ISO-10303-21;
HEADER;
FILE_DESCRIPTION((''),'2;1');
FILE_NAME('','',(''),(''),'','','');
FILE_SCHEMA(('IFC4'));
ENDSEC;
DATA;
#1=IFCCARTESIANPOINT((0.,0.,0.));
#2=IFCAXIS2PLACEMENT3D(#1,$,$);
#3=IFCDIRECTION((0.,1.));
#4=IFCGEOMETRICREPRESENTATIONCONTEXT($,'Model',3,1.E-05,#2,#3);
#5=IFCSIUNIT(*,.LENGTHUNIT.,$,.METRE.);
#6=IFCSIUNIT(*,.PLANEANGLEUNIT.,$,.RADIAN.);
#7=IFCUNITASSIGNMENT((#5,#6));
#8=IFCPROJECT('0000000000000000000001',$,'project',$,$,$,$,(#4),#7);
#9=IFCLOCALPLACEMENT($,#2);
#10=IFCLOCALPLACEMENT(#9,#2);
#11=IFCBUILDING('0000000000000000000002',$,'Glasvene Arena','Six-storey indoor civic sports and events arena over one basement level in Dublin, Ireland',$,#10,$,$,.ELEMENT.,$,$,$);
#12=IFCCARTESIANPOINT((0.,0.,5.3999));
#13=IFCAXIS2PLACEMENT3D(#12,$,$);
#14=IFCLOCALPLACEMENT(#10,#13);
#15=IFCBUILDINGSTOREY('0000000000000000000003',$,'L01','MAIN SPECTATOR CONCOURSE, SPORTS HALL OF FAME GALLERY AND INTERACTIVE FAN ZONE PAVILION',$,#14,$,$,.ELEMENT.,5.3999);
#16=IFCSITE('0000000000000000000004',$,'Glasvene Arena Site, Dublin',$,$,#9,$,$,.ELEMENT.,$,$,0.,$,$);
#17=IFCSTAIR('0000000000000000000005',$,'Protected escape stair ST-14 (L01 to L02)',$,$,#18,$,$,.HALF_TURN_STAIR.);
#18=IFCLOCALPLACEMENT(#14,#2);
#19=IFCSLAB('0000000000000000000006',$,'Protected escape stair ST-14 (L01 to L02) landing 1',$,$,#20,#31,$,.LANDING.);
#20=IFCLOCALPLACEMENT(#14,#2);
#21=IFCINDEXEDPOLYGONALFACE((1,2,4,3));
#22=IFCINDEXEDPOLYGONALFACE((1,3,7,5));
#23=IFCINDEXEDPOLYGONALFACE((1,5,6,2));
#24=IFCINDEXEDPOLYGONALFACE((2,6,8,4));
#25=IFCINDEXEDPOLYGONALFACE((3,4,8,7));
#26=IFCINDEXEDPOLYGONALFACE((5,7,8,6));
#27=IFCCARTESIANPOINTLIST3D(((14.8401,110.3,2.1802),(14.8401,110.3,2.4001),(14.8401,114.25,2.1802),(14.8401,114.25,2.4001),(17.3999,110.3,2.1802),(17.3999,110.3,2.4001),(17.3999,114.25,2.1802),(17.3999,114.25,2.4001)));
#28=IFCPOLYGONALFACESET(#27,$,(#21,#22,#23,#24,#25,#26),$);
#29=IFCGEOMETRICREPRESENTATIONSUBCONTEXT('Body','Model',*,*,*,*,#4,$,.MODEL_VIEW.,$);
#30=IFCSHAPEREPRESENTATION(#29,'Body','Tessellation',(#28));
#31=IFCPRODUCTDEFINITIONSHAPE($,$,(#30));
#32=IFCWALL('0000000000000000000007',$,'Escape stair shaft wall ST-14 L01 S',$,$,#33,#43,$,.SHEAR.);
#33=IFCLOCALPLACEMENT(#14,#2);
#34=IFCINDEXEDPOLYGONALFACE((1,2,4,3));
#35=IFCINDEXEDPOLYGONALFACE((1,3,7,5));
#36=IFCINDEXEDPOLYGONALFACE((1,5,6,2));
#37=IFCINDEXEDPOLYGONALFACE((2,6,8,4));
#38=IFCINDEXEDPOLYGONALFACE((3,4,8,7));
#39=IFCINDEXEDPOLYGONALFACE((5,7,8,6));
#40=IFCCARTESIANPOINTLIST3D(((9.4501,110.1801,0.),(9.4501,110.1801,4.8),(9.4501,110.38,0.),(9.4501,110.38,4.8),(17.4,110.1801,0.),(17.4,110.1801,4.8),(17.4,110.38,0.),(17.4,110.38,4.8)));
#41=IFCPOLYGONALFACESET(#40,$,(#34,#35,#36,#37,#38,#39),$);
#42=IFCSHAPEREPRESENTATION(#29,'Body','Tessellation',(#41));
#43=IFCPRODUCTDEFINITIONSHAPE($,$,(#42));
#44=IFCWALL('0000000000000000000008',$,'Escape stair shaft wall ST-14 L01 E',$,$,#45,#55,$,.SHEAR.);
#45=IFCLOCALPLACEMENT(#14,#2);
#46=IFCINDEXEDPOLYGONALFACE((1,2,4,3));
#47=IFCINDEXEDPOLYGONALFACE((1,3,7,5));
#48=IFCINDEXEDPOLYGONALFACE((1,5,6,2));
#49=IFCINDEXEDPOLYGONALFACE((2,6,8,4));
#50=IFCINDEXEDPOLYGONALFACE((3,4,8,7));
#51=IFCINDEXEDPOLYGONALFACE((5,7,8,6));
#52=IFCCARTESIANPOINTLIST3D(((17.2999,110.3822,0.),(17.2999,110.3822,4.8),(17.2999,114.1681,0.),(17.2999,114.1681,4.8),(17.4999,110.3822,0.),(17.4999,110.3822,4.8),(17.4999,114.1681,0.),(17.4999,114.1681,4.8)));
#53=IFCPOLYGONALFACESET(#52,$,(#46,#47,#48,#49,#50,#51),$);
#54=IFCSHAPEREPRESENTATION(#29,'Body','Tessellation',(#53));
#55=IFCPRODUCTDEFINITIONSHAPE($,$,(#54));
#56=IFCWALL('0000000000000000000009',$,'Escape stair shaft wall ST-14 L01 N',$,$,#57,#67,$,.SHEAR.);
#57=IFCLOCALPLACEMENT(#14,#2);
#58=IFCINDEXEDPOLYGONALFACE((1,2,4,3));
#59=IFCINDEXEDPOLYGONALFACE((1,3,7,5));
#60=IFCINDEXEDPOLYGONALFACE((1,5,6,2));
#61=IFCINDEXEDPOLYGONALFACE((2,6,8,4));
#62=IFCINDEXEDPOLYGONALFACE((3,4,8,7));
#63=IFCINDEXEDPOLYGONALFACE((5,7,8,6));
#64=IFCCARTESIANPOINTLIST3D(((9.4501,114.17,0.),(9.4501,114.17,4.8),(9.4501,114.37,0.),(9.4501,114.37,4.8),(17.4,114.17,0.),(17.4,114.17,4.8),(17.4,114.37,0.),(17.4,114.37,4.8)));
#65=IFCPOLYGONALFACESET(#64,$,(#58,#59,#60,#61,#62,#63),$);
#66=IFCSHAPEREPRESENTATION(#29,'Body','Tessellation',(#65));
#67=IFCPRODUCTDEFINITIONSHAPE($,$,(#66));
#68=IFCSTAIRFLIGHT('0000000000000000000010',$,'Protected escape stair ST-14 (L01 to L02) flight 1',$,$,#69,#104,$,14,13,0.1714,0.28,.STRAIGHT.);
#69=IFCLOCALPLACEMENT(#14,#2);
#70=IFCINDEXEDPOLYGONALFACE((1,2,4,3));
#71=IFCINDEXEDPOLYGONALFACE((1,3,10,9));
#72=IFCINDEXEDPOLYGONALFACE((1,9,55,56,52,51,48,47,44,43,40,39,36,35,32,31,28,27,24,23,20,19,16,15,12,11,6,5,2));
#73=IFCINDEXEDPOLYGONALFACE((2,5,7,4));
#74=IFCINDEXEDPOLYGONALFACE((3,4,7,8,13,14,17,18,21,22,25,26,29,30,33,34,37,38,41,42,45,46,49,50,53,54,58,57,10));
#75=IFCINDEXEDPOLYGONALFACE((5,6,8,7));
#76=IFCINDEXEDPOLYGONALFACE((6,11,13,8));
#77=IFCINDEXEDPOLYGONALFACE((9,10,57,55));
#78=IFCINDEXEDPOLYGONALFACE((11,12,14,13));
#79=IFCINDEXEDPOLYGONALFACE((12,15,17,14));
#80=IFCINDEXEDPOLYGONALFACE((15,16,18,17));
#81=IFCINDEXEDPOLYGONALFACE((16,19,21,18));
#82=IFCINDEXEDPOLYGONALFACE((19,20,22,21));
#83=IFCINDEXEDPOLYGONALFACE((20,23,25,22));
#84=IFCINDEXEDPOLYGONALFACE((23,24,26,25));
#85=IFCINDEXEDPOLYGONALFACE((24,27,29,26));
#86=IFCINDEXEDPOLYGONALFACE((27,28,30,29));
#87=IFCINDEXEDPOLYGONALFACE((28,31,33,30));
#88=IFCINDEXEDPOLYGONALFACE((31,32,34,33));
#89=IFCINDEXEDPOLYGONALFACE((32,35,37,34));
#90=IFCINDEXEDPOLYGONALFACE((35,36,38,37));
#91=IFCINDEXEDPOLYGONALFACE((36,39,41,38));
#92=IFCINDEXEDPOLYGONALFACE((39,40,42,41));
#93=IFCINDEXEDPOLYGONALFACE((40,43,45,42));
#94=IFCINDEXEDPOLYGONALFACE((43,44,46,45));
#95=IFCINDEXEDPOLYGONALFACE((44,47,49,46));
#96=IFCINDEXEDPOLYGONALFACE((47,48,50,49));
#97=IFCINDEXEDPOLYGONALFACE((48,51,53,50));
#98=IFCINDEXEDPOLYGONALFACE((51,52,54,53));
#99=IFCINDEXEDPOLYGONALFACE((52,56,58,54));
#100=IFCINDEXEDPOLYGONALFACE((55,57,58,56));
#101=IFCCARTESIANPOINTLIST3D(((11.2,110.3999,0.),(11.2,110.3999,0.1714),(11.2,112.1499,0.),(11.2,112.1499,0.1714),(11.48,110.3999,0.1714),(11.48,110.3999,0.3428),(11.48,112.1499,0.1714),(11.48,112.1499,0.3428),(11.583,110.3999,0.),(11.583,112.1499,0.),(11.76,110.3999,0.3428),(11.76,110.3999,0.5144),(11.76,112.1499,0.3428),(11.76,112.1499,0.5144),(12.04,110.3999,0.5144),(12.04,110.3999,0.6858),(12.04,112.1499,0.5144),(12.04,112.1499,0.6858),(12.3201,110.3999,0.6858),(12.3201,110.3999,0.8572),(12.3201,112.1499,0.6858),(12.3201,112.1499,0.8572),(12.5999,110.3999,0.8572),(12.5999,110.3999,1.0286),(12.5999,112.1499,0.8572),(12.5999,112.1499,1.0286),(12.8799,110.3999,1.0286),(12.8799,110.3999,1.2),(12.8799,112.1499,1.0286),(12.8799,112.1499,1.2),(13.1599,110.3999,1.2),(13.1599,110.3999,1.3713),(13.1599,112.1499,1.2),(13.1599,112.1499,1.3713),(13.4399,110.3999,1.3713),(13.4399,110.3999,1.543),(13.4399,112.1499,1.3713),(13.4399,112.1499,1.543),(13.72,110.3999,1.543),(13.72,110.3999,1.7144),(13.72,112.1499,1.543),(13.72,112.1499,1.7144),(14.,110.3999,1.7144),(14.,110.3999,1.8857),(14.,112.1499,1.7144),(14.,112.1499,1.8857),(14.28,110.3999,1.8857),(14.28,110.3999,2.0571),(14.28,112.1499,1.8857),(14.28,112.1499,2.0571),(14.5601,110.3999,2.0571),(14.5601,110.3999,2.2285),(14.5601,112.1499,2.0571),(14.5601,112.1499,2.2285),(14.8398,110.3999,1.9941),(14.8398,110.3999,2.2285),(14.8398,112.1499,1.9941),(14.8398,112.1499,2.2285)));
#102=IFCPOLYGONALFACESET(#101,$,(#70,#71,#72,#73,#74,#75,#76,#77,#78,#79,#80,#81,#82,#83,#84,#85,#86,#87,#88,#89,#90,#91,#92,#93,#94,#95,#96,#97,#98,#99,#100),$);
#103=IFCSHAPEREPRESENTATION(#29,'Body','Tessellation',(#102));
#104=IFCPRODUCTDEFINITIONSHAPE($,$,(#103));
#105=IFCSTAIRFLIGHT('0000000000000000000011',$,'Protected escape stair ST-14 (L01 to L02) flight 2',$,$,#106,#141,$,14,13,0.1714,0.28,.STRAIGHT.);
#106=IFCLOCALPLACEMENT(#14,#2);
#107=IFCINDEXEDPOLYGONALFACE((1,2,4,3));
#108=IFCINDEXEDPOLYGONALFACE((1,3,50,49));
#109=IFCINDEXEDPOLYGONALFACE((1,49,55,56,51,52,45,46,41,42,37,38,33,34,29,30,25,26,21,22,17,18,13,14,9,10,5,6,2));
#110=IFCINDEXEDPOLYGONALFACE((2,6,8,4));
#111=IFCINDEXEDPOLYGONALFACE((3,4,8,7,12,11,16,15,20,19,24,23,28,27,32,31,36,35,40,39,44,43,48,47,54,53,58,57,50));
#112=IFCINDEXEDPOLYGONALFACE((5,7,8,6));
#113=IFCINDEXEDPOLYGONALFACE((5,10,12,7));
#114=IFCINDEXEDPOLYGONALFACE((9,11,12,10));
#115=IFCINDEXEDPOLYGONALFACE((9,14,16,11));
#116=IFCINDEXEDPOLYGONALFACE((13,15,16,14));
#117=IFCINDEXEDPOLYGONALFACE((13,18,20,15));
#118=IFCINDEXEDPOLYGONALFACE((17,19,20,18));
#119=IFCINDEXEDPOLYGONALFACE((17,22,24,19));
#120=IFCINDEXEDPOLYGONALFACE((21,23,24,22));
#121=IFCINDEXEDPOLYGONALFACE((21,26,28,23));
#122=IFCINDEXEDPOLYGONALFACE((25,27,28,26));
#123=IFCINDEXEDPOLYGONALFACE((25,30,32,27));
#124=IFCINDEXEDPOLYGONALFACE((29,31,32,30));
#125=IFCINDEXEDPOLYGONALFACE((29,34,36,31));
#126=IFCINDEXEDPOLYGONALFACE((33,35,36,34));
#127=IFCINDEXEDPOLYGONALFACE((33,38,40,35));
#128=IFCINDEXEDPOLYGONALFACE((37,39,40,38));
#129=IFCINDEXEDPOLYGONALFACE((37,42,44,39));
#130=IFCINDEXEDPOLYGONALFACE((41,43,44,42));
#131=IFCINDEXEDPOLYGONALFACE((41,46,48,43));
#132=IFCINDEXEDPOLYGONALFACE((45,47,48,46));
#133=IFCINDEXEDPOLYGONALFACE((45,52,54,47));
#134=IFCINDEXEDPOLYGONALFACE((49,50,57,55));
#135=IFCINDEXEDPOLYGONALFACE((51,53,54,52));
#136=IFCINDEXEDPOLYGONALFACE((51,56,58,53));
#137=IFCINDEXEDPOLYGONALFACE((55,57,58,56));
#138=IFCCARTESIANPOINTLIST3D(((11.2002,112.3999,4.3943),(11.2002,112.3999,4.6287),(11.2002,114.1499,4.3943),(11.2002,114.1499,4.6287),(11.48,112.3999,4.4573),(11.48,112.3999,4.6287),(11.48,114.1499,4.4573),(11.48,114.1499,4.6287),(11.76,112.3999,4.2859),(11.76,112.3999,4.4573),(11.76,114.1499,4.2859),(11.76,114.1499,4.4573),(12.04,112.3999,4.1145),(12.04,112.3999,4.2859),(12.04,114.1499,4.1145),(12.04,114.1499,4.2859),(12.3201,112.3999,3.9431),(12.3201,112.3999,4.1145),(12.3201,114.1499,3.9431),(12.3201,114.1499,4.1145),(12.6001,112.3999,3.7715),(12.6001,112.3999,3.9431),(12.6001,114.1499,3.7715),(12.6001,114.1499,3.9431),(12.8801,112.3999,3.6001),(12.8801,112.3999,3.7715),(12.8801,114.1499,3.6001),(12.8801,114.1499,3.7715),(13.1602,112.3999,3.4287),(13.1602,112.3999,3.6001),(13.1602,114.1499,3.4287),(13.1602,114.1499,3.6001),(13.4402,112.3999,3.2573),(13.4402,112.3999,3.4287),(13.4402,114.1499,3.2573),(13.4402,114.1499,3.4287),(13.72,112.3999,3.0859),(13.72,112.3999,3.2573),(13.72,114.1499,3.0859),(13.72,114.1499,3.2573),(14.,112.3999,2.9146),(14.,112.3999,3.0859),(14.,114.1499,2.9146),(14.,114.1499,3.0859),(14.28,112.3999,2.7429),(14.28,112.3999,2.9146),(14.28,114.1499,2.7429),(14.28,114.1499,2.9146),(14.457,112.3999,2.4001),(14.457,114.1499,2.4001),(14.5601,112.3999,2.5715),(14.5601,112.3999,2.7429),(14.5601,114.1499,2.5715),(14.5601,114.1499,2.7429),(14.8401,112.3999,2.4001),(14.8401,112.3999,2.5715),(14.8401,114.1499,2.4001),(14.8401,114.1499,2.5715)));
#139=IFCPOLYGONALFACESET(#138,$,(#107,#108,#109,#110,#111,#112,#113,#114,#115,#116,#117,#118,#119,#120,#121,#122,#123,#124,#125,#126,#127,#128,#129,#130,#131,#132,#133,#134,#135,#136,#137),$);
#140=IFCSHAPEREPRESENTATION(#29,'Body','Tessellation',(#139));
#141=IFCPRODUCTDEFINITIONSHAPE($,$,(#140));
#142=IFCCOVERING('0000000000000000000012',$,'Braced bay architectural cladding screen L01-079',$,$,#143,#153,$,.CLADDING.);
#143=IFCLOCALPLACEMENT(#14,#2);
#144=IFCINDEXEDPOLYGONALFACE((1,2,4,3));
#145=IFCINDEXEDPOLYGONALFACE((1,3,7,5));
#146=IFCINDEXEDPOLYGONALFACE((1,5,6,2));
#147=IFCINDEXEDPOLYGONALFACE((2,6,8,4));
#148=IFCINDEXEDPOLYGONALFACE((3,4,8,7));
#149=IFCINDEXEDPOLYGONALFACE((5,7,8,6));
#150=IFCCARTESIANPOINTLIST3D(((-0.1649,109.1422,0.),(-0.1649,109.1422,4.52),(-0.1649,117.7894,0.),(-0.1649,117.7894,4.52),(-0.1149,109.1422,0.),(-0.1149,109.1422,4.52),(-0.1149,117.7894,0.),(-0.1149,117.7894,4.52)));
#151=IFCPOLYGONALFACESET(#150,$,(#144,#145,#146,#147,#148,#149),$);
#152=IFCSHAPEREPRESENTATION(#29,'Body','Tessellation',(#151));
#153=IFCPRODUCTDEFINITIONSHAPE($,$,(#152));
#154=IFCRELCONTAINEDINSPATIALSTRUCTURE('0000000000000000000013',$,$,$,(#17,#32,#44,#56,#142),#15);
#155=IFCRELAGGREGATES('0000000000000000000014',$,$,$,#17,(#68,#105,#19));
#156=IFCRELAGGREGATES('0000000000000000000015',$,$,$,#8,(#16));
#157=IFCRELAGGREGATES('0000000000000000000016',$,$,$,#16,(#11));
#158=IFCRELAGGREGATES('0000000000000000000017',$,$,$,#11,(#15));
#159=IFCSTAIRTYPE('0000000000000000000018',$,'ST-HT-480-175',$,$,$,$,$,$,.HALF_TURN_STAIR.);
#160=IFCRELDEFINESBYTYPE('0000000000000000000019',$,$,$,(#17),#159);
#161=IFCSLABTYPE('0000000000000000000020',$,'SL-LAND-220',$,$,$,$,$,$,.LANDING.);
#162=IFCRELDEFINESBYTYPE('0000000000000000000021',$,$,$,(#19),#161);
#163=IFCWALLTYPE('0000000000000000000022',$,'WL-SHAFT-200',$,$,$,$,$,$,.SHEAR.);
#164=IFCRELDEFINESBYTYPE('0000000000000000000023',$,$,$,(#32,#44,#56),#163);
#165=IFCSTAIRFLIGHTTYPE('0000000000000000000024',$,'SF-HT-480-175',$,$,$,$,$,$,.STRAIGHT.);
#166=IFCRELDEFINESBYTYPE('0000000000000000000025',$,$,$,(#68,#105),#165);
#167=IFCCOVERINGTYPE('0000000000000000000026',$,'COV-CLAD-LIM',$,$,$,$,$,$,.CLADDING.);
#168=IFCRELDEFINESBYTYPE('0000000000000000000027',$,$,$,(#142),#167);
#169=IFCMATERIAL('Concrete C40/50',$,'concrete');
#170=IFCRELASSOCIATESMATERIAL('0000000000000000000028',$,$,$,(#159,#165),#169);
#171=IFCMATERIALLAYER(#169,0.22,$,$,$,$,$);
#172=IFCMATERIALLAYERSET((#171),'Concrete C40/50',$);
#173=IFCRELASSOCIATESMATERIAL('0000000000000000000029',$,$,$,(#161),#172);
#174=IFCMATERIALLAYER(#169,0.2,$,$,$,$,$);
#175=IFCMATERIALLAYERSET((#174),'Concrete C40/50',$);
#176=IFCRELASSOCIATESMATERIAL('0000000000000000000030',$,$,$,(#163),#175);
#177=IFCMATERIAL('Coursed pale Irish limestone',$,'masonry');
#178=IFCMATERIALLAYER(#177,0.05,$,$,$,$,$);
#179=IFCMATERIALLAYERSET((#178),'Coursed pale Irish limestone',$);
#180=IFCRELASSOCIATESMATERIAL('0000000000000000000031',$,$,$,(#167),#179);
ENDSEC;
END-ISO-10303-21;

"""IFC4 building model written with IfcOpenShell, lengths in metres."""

from ifc_helpers import new_model, si_unit, direction, frame, frame_2d, origin, origin_2d, place, context, subcontext, project, spatial, polyline, rectangle, outline, extrude, material, layer, layer_set, type_object, element, aggregate, save


model = new_model("IFC4")

# Units and contexts
model_context = context("Model", 3, precision=1e-05, world=origin(), true_north=direction((0.0, 1.0)))
body_context = subcontext(model_context, "Body", "Model", "MODEL_VIEW")
ifc_project = project(units=[si_unit("LENGTHUNIT", "METRE"), si_unit("PLANEANGLEUNIT", "RADIAN")], contexts=[model_context])

# Site, building, storey
site_placement = place(None, origin())
site = spatial("IfcSite", under=ifc_project, at=site_placement, Name="Glasvene Arena Site, Dublin", CompositionType="ELEMENT", RefElevation=0.0)
building_placement = place(site_placement, origin())
building = spatial("IfcBuilding", under=site, at=building_placement, Name="Glasvene Arena", Description="Six-storey indoor civic sports and events arena over one basement level in Dublin, Ireland", CompositionType="ELEMENT")
storey_placement = place(building_placement, frame((0.0, 0.0, 5.3999)))
storey = spatial("IfcBuildingStorey", under=building, at=storey_placement, Name="L01", Description="MAIN SPECTATOR CONCOURSE, SPORTS HALL OF FAME GALLERY AND INTERACTIVE FAN ZONE PAVILION", CompositionType="ELEMENT", Elevation=5.3999)

# Stair, slab
ifc_material_1 = material(Name="Concrete C40/50", Category="concrete")
stair_type = type_object("IfcStairType", Name="ST-HT-480-175", PredefinedType="HALF_TURN_STAIR", material=ifc_material_1)
stair_placement = place(storey_placement, origin())
stair = element("IfcStair", 1, at=stair_placement, inside=storey, type_object=stair_type, Name="Protected escape stair ST-14 (L01 to L02)", PredefinedType="HALF_TURN_STAIR")
ifc_layer_1 = layer(ifc_material_1, 0.22)
ifc_layer_set_1 = layer_set([ifc_layer_1], Name="Concrete C40/50")
slab_type = type_object("IfcSlabType", Name="SL-LAND-220", PredefinedType="LANDING", material=ifc_layer_set_1)
slab_placement = place(storey_placement, frame((16.1201, 112.2749, 2.1802)))
slab = element("IfcSlab", 2, at=slab_placement, type_object=slab_type, Name="Protected escape stair ST-14 (L01 to L02) landing 1", PredefinedType="LANDING", context=body_context, shape_type="SweptSolid", body=[
    extrude(outline(polyline([(-1.28, -1.9749), (1.2798, -1.9749), (1.2798, 1.9751), (-1.28, 1.9751), (-1.28, -1.9749)])), origin(), (0.0, 0.0, 1.0), 0.22),
])

# Wall
ifc_layer_2 = layer(ifc_material_1, 0.2)
ifc_layer_set_2 = layer_set([ifc_layer_2], Name="Concrete C40/50")
wall_type = type_object("IfcWallType", Name="WL-SHAFT-200", PredefinedType="SHEAR", material=ifc_layer_set_2)
wall_1_placement = place(storey_placement, frame((9.45, 110.28, 0.0), z_axis=(0.0, 0.0, 1.0), x_axis=(1.0, 0.0, 0.0)))
element("IfcWall", 3, at=wall_1_placement, inside=storey, type_object=wall_type, Name="Escape stair shaft wall ST-14 L01 S", PredefinedType="SHEAR", context=body_context, shape_type="SweptSolid", body=[
    extrude(rectangle(XDim=7.95, YDim=0.2, at=frame_2d((3.9751, 0.0))), origin(), (0.0, 0.0, 1.0), 4.8),
])

# Walls
wall_2_placement = place(storey_placement, frame((17.3999, 110.3821, 0.0), z_axis=(0.0, 0.0, 1.0), x_axis=(0.0, 1.0, 0.0)))
element("IfcWall", 4, at=wall_2_placement, inside=storey, type_object=wall_type, Name="Escape stair shaft wall ST-14 L01 E", PredefinedType="SHEAR", context=body_context, shape_type="SweptSolid", body=[
    extrude(rectangle(XDim=3.7859, YDim=0.2, at=frame_2d((1.8931, 0.0))), origin(), (0.0, 0.0, 1.0), 4.8),
])
wall_3_placement = place(storey_placement, frame((9.45, 114.27, 0.0), z_axis=(0.0, 0.0, 1.0), x_axis=(1.0, 0.0, 0.0)))
element("IfcWall", 5, at=wall_3_placement, inside=storey, type_object=wall_type, Name="Escape stair shaft wall ST-14 L01 N", PredefinedType="SHEAR", context=body_context, shape_type="SweptSolid", body=[
    extrude(rectangle(XDim=7.95, YDim=0.2, at=frame_2d((3.9751, 0.0))), origin(), (0.0, 0.0, 1.0), 4.8),
])

# Stair flights
stair_flight_type = type_object("IfcStairFlightType", Name="SF-HT-480-175", PredefinedType="STRAIGHT", material=ifc_material_1)
stair_flight_1_placement = place(storey_placement, frame((11.2, 111.2749, 0.0), z_axis=(0.0, 0.0, 1.0), x_axis=(1.0, 0.0, 0.0)))
stair_flight_1 = element("IfcStairFlight", 6, at=stair_flight_1_placement, type_object=stair_flight_type, Name="Protected escape stair ST-14 (L01 to L02) flight 1", NumberOfRisers=14, NumberOfTreads=13, PredefinedType="STRAIGHT", RiserHeight=0.1714, TreadLength=0.28, context=body_context, shape_type="SweptSolid", body=[
    extrude(outline(polyline([(0.0, 0.0), (0.0, 0.1714), (0.28, 0.1714), (0.28, 0.3428), (0.5601, 0.3428), (0.5601, 0.5144), (0.8401, 0.5144), (0.8401, 0.6858), (1.1201, 0.6858), (1.1201, 0.8572), (1.3999, 0.8572), (1.3999, 1.0286), (1.6799, 1.0286), (1.6799, 1.2), (1.96, 1.2), (1.96, 1.3713), (2.24, 1.3713), (2.24, 1.543), (2.52, 1.543), (2.52, 1.7144), (2.8, 1.7144), (2.8, 1.8857), (3.0801, 1.8857), (3.0801, 2.0571), (3.3601, 2.0571), (3.3601, 2.2285), (3.6399, 2.2285), (3.6399, 2.3999), (3.6399, 1.9941), (0.3831, 0.0), (0.0, 0.0)])), frame((0.0, 0.875, 0.0), z_axis=(0.0, -1.0, 0.0), x_axis=(1.0, 0.0, 0.0)), (0.0, 0.0, 1.0), 1.75),
])
stair_flight_2_placement = place(storey_placement, frame((14.8401, 113.2749, 2.4001), z_axis=(0.0, 0.0, 1.0), x_axis=(-1.0, 0.0, 0.0)))
stair_flight_2 = element("IfcStairFlight", 7, at=stair_flight_2_placement, type_object=stair_flight_type, Name="Protected escape stair ST-14 (L01 to L02) flight 2", NumberOfRisers=14, NumberOfTreads=13, PredefinedType="STRAIGHT", RiserHeight=0.1714, TreadLength=0.28, context=body_context, shape_type="SweptSolid", body=[
    extrude(outline(polyline([(0.0, 0.0), (0.0, 0.1714), (0.28, 0.1714), (0.28, 0.3428), (0.5601, 0.3428), (0.5601, 0.5144), (0.8401, 0.5144), (0.8401, 0.6858), (1.1201, 0.6858), (1.1201, 0.8572), (1.3999, 0.8572), (1.3999, 1.0286), (1.6799, 1.0286), (1.6799, 1.2), (1.96, 1.2), (1.96, 1.3713), (2.24, 1.3713), (2.24, 1.543), (2.52, 1.543), (2.52, 1.7144), (2.8, 1.7144), (2.8, 1.8857), (3.0801, 1.8857), (3.0801, 2.0571), (3.3601, 2.0571), (3.3601, 2.2285), (3.6399, 2.2285), (3.6399, 2.3999), (3.6399, 1.9941), (0.3831, 0.0), (0.0, 0.0)])), frame((0.0, 0.875, 0.0), z_axis=(0.0, -1.0, 0.0), x_axis=(1.0, 0.0, 0.0)), (0.0, 0.0, 1.0), 1.75),
])
aggregate(stair, [stair_flight_1, stair_flight_2, slab])

# Covering
ifc_material_2 = material(Name="Coursed pale Irish limestone", Category="masonry")
ifc_layer_3 = layer(ifc_material_2, 0.05)
ifc_layer_set_3 = layer_set([ifc_layer_3], Name="Coursed pale Irish limestone")
covering_type = type_object("IfcCoveringType", Name="COV-CLAD-LIM", PredefinedType="CLADDING", material=ifc_layer_set_3)
covering_placement = place(storey_placement, frame((-0.1399, 113.4658, 0.0), z_axis=(0.0, 0.0, 1.0), x_axis=(0.0, 1.0, 0.0)))
element("IfcCovering", 8, at=covering_placement, inside=storey, type_object=covering_type, Name="Braced bay architectural cladding screen L01-079", PredefinedType="CLADDING", context=body_context, shape_type="SweptSolid", body=[
    extrude(rectangle(XDim=8.6472, YDim=0.05, at=origin_2d()), origin(), (0.0, 0.0, 1.0), 4.52),
])

save(model, "model.ifc")
